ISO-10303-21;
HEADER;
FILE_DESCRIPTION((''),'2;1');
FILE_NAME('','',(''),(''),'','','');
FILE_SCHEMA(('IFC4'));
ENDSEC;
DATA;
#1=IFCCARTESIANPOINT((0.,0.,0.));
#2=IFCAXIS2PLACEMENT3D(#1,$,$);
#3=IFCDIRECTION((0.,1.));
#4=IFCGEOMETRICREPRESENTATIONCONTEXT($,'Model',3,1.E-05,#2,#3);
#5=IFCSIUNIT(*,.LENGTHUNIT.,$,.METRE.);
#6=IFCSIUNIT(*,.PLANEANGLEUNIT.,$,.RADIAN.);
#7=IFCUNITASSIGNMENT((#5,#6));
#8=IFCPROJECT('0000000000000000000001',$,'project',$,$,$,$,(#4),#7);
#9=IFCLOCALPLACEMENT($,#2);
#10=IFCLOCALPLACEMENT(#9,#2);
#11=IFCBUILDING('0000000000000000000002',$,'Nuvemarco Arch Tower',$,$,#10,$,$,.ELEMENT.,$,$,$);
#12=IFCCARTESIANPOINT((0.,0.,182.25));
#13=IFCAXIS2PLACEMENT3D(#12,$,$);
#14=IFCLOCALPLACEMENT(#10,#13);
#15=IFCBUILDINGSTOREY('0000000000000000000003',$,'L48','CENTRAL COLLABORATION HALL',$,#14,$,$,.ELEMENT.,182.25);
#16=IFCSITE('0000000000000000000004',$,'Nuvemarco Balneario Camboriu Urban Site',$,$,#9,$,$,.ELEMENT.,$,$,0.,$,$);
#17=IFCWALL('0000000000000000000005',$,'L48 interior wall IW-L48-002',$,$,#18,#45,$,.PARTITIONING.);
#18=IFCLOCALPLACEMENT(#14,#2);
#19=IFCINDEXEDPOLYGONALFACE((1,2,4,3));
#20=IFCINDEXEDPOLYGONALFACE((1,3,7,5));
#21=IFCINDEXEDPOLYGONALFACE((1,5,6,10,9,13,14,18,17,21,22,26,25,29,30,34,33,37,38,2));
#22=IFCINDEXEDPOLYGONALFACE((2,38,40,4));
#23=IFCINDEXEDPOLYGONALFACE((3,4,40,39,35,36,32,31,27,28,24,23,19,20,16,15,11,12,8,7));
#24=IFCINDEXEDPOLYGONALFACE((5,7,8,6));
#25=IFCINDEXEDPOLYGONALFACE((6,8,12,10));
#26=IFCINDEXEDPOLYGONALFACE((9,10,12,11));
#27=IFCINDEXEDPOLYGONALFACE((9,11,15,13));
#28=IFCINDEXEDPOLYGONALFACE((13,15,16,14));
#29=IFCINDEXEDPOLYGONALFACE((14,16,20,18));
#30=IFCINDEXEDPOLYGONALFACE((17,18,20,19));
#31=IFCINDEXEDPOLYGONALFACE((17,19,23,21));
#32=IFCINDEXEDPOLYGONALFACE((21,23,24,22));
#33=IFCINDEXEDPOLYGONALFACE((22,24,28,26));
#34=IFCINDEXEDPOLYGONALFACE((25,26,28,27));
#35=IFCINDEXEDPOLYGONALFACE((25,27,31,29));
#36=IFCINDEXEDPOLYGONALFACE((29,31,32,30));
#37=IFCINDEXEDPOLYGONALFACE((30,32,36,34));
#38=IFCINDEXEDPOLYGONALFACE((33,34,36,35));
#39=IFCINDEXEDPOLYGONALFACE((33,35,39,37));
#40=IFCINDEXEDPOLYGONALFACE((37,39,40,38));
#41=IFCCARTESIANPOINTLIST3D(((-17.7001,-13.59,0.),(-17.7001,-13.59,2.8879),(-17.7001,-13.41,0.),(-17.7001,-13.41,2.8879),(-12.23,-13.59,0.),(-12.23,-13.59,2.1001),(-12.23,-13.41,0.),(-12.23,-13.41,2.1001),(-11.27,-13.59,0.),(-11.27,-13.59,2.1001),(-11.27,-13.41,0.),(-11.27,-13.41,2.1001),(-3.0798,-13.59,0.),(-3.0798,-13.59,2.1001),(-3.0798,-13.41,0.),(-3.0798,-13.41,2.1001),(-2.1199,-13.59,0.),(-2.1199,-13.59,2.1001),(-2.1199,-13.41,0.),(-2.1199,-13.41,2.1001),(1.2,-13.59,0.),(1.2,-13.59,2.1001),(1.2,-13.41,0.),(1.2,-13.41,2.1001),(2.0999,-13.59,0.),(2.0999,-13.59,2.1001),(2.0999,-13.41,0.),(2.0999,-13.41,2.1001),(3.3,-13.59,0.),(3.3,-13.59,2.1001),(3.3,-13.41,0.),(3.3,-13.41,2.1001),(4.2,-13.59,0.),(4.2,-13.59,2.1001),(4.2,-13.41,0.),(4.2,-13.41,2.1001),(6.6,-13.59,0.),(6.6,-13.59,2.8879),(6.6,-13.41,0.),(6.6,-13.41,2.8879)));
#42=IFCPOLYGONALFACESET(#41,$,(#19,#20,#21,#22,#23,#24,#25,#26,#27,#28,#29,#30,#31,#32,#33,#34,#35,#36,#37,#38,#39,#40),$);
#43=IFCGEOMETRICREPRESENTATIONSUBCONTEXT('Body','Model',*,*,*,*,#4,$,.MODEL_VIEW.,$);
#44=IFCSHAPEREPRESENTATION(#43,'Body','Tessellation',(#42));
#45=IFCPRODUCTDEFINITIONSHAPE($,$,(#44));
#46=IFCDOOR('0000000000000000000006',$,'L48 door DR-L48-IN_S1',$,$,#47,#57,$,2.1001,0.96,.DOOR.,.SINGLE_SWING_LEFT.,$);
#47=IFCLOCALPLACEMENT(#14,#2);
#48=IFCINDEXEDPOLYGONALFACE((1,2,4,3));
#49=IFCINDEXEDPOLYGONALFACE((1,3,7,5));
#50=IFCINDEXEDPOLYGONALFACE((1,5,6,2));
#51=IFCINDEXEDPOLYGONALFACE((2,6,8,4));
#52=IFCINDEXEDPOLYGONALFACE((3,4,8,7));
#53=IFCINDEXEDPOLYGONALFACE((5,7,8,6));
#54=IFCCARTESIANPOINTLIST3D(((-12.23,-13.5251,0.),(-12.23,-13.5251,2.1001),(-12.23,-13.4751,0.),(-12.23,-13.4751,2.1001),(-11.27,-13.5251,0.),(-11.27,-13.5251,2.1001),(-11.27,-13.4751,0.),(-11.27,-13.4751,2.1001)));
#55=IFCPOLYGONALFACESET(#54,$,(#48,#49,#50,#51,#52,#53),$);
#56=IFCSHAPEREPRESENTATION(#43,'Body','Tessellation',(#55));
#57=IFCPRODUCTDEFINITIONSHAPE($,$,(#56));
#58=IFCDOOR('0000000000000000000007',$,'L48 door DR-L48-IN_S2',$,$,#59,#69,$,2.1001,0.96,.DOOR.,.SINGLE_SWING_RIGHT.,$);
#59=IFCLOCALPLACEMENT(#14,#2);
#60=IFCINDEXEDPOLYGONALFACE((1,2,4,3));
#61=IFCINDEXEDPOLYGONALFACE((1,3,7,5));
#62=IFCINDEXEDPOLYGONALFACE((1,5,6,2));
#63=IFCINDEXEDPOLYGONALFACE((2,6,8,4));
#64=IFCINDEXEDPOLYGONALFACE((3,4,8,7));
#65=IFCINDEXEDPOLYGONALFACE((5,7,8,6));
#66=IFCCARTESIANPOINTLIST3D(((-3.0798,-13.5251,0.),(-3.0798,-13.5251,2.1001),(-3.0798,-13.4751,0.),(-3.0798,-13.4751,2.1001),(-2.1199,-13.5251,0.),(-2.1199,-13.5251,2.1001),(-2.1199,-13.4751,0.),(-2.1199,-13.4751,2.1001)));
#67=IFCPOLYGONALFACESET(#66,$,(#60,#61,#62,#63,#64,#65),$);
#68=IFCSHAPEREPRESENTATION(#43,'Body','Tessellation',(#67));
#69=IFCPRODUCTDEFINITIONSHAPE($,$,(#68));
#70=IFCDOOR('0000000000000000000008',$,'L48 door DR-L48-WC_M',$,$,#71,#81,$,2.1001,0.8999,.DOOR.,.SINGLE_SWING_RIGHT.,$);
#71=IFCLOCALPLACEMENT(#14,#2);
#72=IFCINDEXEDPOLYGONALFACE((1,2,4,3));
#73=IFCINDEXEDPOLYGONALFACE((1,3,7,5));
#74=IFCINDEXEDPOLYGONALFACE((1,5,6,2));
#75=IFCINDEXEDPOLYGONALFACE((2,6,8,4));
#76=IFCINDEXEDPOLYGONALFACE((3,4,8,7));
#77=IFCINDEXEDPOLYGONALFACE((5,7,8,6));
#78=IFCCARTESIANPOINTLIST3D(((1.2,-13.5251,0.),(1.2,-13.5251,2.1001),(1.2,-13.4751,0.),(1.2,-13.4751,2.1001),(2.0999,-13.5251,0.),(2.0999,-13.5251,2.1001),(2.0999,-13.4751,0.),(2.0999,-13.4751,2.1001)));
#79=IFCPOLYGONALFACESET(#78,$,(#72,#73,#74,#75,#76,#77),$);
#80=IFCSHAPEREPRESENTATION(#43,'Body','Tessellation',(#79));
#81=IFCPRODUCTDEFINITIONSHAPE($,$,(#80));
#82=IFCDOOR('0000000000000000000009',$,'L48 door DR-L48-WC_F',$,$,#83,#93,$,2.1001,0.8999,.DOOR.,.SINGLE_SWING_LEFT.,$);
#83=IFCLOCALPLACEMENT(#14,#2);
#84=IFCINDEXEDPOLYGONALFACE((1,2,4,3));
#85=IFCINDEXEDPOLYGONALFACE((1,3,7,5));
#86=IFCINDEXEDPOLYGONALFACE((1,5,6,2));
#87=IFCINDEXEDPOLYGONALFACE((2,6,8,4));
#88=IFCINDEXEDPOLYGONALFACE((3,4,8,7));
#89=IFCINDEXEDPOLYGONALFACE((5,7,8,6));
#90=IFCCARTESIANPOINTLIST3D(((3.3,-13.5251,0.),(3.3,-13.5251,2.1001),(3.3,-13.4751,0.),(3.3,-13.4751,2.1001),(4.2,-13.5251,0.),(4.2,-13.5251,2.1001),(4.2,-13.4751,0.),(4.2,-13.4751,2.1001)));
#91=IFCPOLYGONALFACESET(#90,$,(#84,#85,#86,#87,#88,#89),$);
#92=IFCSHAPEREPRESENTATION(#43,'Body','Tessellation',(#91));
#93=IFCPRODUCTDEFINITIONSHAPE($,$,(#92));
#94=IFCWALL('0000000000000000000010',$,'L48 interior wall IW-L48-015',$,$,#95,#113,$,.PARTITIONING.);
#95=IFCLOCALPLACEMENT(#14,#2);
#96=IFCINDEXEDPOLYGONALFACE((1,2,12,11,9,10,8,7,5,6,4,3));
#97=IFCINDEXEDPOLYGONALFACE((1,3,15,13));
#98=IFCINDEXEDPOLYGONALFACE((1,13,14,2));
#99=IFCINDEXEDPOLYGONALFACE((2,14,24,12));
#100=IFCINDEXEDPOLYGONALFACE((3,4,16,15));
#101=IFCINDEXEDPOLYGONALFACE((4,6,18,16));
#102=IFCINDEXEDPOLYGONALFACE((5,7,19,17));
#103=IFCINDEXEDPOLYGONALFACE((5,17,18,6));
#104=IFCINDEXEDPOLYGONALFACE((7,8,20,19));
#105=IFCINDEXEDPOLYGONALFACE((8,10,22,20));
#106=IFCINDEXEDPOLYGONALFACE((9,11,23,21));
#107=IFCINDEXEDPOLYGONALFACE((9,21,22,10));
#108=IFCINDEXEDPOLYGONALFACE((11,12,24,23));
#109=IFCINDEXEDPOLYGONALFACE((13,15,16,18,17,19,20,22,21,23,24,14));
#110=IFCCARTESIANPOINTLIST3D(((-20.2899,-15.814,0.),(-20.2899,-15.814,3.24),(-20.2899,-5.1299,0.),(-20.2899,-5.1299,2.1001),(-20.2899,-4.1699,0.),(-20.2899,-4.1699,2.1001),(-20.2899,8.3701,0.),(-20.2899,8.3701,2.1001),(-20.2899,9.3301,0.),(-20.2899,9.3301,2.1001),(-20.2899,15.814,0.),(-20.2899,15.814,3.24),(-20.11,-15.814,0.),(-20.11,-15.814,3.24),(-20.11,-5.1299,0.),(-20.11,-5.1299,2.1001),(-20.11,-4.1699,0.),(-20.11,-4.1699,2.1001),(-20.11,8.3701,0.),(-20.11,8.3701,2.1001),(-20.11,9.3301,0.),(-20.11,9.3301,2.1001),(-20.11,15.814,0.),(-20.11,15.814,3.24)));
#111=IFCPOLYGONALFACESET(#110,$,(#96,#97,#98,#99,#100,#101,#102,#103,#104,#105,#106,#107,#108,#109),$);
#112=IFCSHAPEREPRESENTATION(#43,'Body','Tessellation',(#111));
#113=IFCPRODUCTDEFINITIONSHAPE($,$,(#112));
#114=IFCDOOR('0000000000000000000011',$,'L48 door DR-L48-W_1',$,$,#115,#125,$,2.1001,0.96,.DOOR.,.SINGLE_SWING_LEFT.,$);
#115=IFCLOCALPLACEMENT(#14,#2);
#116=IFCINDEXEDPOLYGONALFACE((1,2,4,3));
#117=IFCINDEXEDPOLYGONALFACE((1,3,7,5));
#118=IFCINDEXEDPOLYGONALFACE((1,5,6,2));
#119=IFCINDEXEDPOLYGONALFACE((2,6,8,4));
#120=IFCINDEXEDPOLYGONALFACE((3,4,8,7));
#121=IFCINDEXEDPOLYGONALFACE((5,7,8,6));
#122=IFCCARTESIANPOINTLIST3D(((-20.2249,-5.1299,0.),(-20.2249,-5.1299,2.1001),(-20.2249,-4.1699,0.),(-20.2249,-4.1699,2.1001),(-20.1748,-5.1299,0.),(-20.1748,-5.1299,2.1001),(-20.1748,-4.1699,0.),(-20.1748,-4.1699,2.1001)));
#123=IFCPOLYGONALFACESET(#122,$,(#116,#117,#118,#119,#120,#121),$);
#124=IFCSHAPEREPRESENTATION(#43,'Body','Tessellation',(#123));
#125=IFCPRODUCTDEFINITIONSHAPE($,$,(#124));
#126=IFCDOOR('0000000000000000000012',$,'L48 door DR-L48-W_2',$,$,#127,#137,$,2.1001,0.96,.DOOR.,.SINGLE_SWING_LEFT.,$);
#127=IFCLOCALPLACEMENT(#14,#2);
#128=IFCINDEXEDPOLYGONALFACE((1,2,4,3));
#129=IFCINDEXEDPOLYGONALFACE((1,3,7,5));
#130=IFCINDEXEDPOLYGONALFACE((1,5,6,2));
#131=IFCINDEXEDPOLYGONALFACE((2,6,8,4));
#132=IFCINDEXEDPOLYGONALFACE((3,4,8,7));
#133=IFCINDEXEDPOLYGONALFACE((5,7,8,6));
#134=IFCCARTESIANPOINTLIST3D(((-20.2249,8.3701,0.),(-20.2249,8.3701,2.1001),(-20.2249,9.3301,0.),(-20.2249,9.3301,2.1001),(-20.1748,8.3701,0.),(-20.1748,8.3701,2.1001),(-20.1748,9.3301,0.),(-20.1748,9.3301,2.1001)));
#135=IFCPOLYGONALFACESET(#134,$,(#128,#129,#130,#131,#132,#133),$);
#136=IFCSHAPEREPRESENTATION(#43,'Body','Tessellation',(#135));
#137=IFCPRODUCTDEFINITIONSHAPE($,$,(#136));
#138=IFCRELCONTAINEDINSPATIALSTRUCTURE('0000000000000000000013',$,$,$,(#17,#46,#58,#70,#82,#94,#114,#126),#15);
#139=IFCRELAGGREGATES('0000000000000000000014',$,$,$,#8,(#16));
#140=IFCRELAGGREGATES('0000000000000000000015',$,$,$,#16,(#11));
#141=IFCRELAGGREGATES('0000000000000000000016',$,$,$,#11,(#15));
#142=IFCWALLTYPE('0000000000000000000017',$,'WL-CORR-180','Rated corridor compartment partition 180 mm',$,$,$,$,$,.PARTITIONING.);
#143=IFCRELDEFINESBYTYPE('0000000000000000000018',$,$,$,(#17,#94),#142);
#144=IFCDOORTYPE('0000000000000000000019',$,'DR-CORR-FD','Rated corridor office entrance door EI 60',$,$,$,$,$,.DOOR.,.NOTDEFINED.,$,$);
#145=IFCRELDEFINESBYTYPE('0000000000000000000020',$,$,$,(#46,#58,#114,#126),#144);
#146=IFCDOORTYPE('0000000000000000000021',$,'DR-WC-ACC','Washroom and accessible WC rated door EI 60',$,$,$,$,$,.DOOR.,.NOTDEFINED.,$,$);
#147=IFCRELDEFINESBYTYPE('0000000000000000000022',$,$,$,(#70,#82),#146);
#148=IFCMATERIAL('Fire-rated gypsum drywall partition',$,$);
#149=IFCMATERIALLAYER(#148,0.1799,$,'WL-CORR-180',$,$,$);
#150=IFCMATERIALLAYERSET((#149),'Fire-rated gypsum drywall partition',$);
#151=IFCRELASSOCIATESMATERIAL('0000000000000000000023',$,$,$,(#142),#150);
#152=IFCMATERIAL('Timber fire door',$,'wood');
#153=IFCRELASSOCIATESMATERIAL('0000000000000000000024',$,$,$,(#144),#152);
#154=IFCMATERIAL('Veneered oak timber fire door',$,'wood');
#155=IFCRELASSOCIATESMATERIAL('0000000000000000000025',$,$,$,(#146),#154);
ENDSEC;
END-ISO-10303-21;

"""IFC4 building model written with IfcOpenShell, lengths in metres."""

from ifc_helpers import new_model, si_unit, direction, frame, frame_2d, origin, place, context, subcontext, project, spatial, rectangle, extrude, source, transform, mapped, material, layer, layer_set, type_object, type_shapes, element, fill, save


model = new_model("IFC4")

# Units and contexts
model_context = context("Model", 3, precision=1e-05, world=origin(), true_north=direction((0.0, 1.0)))
body_context = subcontext(model_context, "Body", "Model", "MODEL_VIEW")
ifc_project = project(units=[si_unit("LENGTHUNIT", "METRE"), si_unit("PLANEANGLEUNIT", "RADIAN")], contexts=[model_context])

# Site, building, storey
site_placement = place(None, origin())
site = spatial("IfcSite", under=ifc_project, at=site_placement, Name="Nuvemarco Balneario Camboriu Urban Site", CompositionType="ELEMENT", RefElevation=0.0)
building_placement = place(site_placement, origin())
building = spatial("IfcBuilding", under=site, at=building_placement, Name="Nuvemarco Arch Tower", CompositionType="ELEMENT")
storey_placement = place(building_placement, frame((0.0, 0.0, 182.25)))
storey = spatial("IfcBuildingStorey", under=building, at=storey_placement, Name="L48", Description="CENTRAL COLLABORATION HALL", CompositionType="ELEMENT", Elevation=182.25)

# Walls, openings, doors
ifc_material_1 = material(Name="Fire-rated gypsum drywall partition")
ifc_layer = layer(ifc_material_1, 0.1799, Name="WL-CORR-180")
ifc_layer_set = layer_set([ifc_layer], Name="Fire-rated gypsum drywall partition")
wall_type = type_object("IfcWallType", Name="WL-CORR-180", Description="Rated corridor compartment partition 180 mm", PredefinedType="PARTITIONING", material=ifc_layer_set)
ifc_material_2 = material(Name="Timber fire door", Category="wood")
door_type_1 = type_object("IfcDoorType", Name="DR-CORR-FD", Description="Rated corridor office entrance door EI 60", OperationType="NOTDEFINED", PredefinedType="DOOR", material=ifc_material_2)
shared_shape_1 = source(origin(), body_context, "Body", "SweptSolid", [
    extrude(rectangle(XDim=0.96, YDim=2.1001, at=frame_2d((0.48, 1.05))), frame((0.0, 0.0249, 0.0), z_axis=(0.0, -1.0, 0.0), x_axis=(1.0, 0.0, 0.0)), (0.0, 0.0, 1.0), 0.05),
])
type_shapes(door_type_1, [shared_shape_1])
wall_1_placement = place(storey_placement, frame((-17.7, -13.5, 0.0), z_axis=(0.0, 0.0, 1.0), x_axis=(1.0, 0.0, 0.0)))
wall_1 = element("IfcWall", 1, at=wall_1_placement, inside=storey, type_object=wall_type, Name="L48 interior wall IW-L48-002", PredefinedType="PARTITIONING", context=body_context, shape_type="SweptSolid", body=[
    extrude(rectangle(XDim=24.3, YDim=0.1799, at=frame_2d((12.1499, 0.0))), origin(), (0.0, 0.0, 1.0), 2.8879),
])
opening_1_placement = place(wall_1_placement, frame((5.47, 0.0, 0.0)))
opening_1 = element("IfcOpeningElement", 2, at=opening_1_placement, cuts=wall_1, PredefinedType="OPENING", context=body_context, shape_type="SweptSolid", body=[
    extrude(rectangle(XDim=0.96, YDim=2.1001, at=frame_2d((0.48, 1.05))), frame((0.0, 0.0999, 0.0), z_axis=(0.0, -1.0, 0.0), x_axis=(1.0, 0.0, 0.0)), (0.0, 0.0, 1.0), 0.2),
])
opening_2_placement = place(wall_1_placement, frame((14.6201, 0.0, 0.0)))
opening_2 = element("IfcOpeningElement", 3, at=opening_2_placement, cuts=wall_1, PredefinedType="OPENING", context=body_context, shape_type="SweptSolid", body=[
    extrude(rectangle(XDim=0.96, YDim=2.1001, at=frame_2d((0.48, 1.05))), frame((0.0, 0.0999, 0.0), z_axis=(0.0, -1.0, 0.0), x_axis=(1.0, 0.0, 0.0)), (0.0, 0.0, 1.0), 0.2),
])
opening_3_placement = place(wall_1_placement, frame((18.8999, 0.0, 0.0)))
opening_3 = element("IfcOpeningElement", 4, at=opening_3_placement, cuts=wall_1, PredefinedType="OPENING", context=body_context, shape_type="SweptSolid", body=[
    extrude(rectangle(XDim=0.8999, YDim=2.1001, at=frame_2d((0.45, 1.05))), frame((0.0, 0.0999, 0.0), z_axis=(0.0, -1.0, 0.0), x_axis=(1.0, 0.0, 0.0)), (0.0, 0.0, 1.0), 0.2),
])
opening_4_placement = place(wall_1_placement, frame((21.0, 0.0, 0.0)))
opening_4 = element("IfcOpeningElement", 5, at=opening_4_placement, cuts=wall_1, PredefinedType="OPENING", context=body_context, shape_type="SweptSolid", body=[
    extrude(rectangle(XDim=0.8999, YDim=2.1001, at=frame_2d((0.45, 1.05))), frame((0.0, 0.0999, 0.0), z_axis=(0.0, -1.0, 0.0), x_axis=(1.0, 0.0, 0.0)), (0.0, 0.0, 1.0), 0.2),
])
door_1_placement = place(opening_1_placement, origin())
door_1 = element("IfcDoor", 6, at=door_1_placement, inside=storey, type_object=door_type_1, Name="L48 door DR-L48-IN_S1", OperationType="SINGLE_SWING_LEFT", OverallHeight=2.1001, OverallWidth=0.96, PredefinedType="DOOR", context=body_context, shape_type="MappedRepresentation", body=[
    mapped(shared_shape_1, transform((0.0, 0.0, 0.0), scale=1.0)),
])
fill(opening_1, door_1)
door_2_placement = place(opening_2_placement, origin())
door_2 = element("IfcDoor", 7, at=door_2_placement, inside=storey, type_object=door_type_1, Name="L48 door DR-L48-IN_S2", OperationType="SINGLE_SWING_RIGHT", OverallHeight=2.1001, OverallWidth=0.96, PredefinedType="DOOR", context=body_context, shape_type="MappedRepresentation", body=[
    mapped(shared_shape_1, transform((0.0, 0.0, 0.0), scale=1.0)),
])
fill(opening_2, door_2)
ifc_material_3 = material(Name="Veneered oak timber fire door", Category="wood")
door_type_2 = type_object("IfcDoorType", Name="DR-WC-ACC", Description="Washroom and accessible WC rated door EI 60", OperationType="NOTDEFINED", PredefinedType="DOOR", material=ifc_material_3)
shared_shape_2 = source(origin(), body_context, "Body", "SweptSolid", [
    extrude(rectangle(XDim=0.8999, YDim=2.1001, at=frame_2d((0.45, 1.05))), frame((0.0, 0.0249, 0.0), z_axis=(0.0, -1.0, 0.0), x_axis=(1.0, 0.0, 0.0)), (0.0, 0.0, 1.0), 0.05),
])
type_shapes(door_type_2, [shared_shape_2])
door_3_placement = place(opening_3_placement, origin())
door_3 = element("IfcDoor", 8, at=door_3_placement, inside=storey, type_object=door_type_2, Name="L48 door DR-L48-WC_M", OperationType="SINGLE_SWING_RIGHT", OverallHeight=2.1001, OverallWidth=0.8999, PredefinedType="DOOR", context=body_context, shape_type="MappedRepresentation", body=[
    mapped(shared_shape_2, transform((0.0, 0.0, 0.0), scale=1.0)),
])
fill(opening_3, door_3)
door_4_placement = place(opening_4_placement, origin())
door_4 = element("IfcDoor", 9, at=door_4_placement, inside=storey, type_object=door_type_2, Name="L48 door DR-L48-WC_F", OperationType="SINGLE_SWING_LEFT", OverallHeight=2.1001, OverallWidth=0.8999, PredefinedType="DOOR", context=body_context, shape_type="MappedRepresentation", body=[
    mapped(shared_shape_2, transform((0.0, 0.0, 0.0), scale=1.0)),
])
fill(opening_4, door_4)
wall_2_placement = place(storey_placement, frame((-20.2, -15.814, 0.0), z_axis=(0.0, 0.0, 1.0), x_axis=(0.0, 1.0, 0.0)))
wall_2 = element("IfcWall", 10, at=wall_2_placement, inside=storey, type_object=wall_type, Name="L48 interior wall IW-L48-015", PredefinedType="PARTITIONING", context=body_context, shape_type="SweptSolid", body=[
    extrude(rectangle(XDim=31.6279, YDim=0.1799, at=frame_2d((15.814, 0.0))), origin(), (0.0, 0.0, 1.0), 3.24),
])
opening_5_placement = place(wall_2_placement, frame((10.6841, 0.0, 0.0)))
opening_5 = element("IfcOpeningElement", 11, at=opening_5_placement, cuts=wall_2, PredefinedType="OPENING", context=body_context, shape_type="SweptSolid", body=[
    extrude(rectangle(XDim=0.96, YDim=2.1001, at=frame_2d((0.48, 1.05))), frame((0.0, 0.0999, 0.0), z_axis=(0.0, -1.0, 0.0), x_axis=(1.0, 0.0, 0.0)), (0.0, 0.0, 1.0), 0.2),
])
opening_6_placement = place(wall_2_placement, frame((24.1841, 0.0, 0.0)))
opening_6 = element("IfcOpeningElement", 12, at=opening_6_placement, cuts=wall_2, PredefinedType="OPENING", context=body_context, shape_type="SweptSolid", body=[
    extrude(rectangle(XDim=0.96, YDim=2.1001, at=frame_2d((0.48, 1.05))), frame((0.0, 0.0999, 0.0), z_axis=(0.0, -1.0, 0.0), x_axis=(1.0, 0.0, 0.0)), (0.0, 0.0, 1.0), 0.2),
])
door_5_placement = place(opening_5_placement, origin())
door_5 = element("IfcDoor", 13, at=door_5_placement, inside=storey, type_object=door_type_1, Name="L48 door DR-L48-W_1", OperationType="SINGLE_SWING_LEFT", OverallHeight=2.1001, OverallWidth=0.96, PredefinedType="DOOR", context=body_context, shape_type="MappedRepresentation", body=[
    mapped(shared_shape_1, transform((0.0, 0.0, 0.0), scale=1.0)),
])
fill(opening_5, door_5)
door_6_placement = place(opening_6_placement, origin())
door_6 = element("IfcDoor", 14, at=door_6_placement, inside=storey, type_object=door_type_1, Name="L48 door DR-L48-W_2", OperationType="SINGLE_SWING_LEFT", OverallHeight=2.1001, OverallWidth=0.96, PredefinedType="DOOR", context=body_context, shape_type="MappedRepresentation", body=[
    mapped(shared_shape_1, transform((0.0, 0.0, 0.0), scale=1.0)),
])
fill(opening_6, door_6)

save(model, "model.ifc")
